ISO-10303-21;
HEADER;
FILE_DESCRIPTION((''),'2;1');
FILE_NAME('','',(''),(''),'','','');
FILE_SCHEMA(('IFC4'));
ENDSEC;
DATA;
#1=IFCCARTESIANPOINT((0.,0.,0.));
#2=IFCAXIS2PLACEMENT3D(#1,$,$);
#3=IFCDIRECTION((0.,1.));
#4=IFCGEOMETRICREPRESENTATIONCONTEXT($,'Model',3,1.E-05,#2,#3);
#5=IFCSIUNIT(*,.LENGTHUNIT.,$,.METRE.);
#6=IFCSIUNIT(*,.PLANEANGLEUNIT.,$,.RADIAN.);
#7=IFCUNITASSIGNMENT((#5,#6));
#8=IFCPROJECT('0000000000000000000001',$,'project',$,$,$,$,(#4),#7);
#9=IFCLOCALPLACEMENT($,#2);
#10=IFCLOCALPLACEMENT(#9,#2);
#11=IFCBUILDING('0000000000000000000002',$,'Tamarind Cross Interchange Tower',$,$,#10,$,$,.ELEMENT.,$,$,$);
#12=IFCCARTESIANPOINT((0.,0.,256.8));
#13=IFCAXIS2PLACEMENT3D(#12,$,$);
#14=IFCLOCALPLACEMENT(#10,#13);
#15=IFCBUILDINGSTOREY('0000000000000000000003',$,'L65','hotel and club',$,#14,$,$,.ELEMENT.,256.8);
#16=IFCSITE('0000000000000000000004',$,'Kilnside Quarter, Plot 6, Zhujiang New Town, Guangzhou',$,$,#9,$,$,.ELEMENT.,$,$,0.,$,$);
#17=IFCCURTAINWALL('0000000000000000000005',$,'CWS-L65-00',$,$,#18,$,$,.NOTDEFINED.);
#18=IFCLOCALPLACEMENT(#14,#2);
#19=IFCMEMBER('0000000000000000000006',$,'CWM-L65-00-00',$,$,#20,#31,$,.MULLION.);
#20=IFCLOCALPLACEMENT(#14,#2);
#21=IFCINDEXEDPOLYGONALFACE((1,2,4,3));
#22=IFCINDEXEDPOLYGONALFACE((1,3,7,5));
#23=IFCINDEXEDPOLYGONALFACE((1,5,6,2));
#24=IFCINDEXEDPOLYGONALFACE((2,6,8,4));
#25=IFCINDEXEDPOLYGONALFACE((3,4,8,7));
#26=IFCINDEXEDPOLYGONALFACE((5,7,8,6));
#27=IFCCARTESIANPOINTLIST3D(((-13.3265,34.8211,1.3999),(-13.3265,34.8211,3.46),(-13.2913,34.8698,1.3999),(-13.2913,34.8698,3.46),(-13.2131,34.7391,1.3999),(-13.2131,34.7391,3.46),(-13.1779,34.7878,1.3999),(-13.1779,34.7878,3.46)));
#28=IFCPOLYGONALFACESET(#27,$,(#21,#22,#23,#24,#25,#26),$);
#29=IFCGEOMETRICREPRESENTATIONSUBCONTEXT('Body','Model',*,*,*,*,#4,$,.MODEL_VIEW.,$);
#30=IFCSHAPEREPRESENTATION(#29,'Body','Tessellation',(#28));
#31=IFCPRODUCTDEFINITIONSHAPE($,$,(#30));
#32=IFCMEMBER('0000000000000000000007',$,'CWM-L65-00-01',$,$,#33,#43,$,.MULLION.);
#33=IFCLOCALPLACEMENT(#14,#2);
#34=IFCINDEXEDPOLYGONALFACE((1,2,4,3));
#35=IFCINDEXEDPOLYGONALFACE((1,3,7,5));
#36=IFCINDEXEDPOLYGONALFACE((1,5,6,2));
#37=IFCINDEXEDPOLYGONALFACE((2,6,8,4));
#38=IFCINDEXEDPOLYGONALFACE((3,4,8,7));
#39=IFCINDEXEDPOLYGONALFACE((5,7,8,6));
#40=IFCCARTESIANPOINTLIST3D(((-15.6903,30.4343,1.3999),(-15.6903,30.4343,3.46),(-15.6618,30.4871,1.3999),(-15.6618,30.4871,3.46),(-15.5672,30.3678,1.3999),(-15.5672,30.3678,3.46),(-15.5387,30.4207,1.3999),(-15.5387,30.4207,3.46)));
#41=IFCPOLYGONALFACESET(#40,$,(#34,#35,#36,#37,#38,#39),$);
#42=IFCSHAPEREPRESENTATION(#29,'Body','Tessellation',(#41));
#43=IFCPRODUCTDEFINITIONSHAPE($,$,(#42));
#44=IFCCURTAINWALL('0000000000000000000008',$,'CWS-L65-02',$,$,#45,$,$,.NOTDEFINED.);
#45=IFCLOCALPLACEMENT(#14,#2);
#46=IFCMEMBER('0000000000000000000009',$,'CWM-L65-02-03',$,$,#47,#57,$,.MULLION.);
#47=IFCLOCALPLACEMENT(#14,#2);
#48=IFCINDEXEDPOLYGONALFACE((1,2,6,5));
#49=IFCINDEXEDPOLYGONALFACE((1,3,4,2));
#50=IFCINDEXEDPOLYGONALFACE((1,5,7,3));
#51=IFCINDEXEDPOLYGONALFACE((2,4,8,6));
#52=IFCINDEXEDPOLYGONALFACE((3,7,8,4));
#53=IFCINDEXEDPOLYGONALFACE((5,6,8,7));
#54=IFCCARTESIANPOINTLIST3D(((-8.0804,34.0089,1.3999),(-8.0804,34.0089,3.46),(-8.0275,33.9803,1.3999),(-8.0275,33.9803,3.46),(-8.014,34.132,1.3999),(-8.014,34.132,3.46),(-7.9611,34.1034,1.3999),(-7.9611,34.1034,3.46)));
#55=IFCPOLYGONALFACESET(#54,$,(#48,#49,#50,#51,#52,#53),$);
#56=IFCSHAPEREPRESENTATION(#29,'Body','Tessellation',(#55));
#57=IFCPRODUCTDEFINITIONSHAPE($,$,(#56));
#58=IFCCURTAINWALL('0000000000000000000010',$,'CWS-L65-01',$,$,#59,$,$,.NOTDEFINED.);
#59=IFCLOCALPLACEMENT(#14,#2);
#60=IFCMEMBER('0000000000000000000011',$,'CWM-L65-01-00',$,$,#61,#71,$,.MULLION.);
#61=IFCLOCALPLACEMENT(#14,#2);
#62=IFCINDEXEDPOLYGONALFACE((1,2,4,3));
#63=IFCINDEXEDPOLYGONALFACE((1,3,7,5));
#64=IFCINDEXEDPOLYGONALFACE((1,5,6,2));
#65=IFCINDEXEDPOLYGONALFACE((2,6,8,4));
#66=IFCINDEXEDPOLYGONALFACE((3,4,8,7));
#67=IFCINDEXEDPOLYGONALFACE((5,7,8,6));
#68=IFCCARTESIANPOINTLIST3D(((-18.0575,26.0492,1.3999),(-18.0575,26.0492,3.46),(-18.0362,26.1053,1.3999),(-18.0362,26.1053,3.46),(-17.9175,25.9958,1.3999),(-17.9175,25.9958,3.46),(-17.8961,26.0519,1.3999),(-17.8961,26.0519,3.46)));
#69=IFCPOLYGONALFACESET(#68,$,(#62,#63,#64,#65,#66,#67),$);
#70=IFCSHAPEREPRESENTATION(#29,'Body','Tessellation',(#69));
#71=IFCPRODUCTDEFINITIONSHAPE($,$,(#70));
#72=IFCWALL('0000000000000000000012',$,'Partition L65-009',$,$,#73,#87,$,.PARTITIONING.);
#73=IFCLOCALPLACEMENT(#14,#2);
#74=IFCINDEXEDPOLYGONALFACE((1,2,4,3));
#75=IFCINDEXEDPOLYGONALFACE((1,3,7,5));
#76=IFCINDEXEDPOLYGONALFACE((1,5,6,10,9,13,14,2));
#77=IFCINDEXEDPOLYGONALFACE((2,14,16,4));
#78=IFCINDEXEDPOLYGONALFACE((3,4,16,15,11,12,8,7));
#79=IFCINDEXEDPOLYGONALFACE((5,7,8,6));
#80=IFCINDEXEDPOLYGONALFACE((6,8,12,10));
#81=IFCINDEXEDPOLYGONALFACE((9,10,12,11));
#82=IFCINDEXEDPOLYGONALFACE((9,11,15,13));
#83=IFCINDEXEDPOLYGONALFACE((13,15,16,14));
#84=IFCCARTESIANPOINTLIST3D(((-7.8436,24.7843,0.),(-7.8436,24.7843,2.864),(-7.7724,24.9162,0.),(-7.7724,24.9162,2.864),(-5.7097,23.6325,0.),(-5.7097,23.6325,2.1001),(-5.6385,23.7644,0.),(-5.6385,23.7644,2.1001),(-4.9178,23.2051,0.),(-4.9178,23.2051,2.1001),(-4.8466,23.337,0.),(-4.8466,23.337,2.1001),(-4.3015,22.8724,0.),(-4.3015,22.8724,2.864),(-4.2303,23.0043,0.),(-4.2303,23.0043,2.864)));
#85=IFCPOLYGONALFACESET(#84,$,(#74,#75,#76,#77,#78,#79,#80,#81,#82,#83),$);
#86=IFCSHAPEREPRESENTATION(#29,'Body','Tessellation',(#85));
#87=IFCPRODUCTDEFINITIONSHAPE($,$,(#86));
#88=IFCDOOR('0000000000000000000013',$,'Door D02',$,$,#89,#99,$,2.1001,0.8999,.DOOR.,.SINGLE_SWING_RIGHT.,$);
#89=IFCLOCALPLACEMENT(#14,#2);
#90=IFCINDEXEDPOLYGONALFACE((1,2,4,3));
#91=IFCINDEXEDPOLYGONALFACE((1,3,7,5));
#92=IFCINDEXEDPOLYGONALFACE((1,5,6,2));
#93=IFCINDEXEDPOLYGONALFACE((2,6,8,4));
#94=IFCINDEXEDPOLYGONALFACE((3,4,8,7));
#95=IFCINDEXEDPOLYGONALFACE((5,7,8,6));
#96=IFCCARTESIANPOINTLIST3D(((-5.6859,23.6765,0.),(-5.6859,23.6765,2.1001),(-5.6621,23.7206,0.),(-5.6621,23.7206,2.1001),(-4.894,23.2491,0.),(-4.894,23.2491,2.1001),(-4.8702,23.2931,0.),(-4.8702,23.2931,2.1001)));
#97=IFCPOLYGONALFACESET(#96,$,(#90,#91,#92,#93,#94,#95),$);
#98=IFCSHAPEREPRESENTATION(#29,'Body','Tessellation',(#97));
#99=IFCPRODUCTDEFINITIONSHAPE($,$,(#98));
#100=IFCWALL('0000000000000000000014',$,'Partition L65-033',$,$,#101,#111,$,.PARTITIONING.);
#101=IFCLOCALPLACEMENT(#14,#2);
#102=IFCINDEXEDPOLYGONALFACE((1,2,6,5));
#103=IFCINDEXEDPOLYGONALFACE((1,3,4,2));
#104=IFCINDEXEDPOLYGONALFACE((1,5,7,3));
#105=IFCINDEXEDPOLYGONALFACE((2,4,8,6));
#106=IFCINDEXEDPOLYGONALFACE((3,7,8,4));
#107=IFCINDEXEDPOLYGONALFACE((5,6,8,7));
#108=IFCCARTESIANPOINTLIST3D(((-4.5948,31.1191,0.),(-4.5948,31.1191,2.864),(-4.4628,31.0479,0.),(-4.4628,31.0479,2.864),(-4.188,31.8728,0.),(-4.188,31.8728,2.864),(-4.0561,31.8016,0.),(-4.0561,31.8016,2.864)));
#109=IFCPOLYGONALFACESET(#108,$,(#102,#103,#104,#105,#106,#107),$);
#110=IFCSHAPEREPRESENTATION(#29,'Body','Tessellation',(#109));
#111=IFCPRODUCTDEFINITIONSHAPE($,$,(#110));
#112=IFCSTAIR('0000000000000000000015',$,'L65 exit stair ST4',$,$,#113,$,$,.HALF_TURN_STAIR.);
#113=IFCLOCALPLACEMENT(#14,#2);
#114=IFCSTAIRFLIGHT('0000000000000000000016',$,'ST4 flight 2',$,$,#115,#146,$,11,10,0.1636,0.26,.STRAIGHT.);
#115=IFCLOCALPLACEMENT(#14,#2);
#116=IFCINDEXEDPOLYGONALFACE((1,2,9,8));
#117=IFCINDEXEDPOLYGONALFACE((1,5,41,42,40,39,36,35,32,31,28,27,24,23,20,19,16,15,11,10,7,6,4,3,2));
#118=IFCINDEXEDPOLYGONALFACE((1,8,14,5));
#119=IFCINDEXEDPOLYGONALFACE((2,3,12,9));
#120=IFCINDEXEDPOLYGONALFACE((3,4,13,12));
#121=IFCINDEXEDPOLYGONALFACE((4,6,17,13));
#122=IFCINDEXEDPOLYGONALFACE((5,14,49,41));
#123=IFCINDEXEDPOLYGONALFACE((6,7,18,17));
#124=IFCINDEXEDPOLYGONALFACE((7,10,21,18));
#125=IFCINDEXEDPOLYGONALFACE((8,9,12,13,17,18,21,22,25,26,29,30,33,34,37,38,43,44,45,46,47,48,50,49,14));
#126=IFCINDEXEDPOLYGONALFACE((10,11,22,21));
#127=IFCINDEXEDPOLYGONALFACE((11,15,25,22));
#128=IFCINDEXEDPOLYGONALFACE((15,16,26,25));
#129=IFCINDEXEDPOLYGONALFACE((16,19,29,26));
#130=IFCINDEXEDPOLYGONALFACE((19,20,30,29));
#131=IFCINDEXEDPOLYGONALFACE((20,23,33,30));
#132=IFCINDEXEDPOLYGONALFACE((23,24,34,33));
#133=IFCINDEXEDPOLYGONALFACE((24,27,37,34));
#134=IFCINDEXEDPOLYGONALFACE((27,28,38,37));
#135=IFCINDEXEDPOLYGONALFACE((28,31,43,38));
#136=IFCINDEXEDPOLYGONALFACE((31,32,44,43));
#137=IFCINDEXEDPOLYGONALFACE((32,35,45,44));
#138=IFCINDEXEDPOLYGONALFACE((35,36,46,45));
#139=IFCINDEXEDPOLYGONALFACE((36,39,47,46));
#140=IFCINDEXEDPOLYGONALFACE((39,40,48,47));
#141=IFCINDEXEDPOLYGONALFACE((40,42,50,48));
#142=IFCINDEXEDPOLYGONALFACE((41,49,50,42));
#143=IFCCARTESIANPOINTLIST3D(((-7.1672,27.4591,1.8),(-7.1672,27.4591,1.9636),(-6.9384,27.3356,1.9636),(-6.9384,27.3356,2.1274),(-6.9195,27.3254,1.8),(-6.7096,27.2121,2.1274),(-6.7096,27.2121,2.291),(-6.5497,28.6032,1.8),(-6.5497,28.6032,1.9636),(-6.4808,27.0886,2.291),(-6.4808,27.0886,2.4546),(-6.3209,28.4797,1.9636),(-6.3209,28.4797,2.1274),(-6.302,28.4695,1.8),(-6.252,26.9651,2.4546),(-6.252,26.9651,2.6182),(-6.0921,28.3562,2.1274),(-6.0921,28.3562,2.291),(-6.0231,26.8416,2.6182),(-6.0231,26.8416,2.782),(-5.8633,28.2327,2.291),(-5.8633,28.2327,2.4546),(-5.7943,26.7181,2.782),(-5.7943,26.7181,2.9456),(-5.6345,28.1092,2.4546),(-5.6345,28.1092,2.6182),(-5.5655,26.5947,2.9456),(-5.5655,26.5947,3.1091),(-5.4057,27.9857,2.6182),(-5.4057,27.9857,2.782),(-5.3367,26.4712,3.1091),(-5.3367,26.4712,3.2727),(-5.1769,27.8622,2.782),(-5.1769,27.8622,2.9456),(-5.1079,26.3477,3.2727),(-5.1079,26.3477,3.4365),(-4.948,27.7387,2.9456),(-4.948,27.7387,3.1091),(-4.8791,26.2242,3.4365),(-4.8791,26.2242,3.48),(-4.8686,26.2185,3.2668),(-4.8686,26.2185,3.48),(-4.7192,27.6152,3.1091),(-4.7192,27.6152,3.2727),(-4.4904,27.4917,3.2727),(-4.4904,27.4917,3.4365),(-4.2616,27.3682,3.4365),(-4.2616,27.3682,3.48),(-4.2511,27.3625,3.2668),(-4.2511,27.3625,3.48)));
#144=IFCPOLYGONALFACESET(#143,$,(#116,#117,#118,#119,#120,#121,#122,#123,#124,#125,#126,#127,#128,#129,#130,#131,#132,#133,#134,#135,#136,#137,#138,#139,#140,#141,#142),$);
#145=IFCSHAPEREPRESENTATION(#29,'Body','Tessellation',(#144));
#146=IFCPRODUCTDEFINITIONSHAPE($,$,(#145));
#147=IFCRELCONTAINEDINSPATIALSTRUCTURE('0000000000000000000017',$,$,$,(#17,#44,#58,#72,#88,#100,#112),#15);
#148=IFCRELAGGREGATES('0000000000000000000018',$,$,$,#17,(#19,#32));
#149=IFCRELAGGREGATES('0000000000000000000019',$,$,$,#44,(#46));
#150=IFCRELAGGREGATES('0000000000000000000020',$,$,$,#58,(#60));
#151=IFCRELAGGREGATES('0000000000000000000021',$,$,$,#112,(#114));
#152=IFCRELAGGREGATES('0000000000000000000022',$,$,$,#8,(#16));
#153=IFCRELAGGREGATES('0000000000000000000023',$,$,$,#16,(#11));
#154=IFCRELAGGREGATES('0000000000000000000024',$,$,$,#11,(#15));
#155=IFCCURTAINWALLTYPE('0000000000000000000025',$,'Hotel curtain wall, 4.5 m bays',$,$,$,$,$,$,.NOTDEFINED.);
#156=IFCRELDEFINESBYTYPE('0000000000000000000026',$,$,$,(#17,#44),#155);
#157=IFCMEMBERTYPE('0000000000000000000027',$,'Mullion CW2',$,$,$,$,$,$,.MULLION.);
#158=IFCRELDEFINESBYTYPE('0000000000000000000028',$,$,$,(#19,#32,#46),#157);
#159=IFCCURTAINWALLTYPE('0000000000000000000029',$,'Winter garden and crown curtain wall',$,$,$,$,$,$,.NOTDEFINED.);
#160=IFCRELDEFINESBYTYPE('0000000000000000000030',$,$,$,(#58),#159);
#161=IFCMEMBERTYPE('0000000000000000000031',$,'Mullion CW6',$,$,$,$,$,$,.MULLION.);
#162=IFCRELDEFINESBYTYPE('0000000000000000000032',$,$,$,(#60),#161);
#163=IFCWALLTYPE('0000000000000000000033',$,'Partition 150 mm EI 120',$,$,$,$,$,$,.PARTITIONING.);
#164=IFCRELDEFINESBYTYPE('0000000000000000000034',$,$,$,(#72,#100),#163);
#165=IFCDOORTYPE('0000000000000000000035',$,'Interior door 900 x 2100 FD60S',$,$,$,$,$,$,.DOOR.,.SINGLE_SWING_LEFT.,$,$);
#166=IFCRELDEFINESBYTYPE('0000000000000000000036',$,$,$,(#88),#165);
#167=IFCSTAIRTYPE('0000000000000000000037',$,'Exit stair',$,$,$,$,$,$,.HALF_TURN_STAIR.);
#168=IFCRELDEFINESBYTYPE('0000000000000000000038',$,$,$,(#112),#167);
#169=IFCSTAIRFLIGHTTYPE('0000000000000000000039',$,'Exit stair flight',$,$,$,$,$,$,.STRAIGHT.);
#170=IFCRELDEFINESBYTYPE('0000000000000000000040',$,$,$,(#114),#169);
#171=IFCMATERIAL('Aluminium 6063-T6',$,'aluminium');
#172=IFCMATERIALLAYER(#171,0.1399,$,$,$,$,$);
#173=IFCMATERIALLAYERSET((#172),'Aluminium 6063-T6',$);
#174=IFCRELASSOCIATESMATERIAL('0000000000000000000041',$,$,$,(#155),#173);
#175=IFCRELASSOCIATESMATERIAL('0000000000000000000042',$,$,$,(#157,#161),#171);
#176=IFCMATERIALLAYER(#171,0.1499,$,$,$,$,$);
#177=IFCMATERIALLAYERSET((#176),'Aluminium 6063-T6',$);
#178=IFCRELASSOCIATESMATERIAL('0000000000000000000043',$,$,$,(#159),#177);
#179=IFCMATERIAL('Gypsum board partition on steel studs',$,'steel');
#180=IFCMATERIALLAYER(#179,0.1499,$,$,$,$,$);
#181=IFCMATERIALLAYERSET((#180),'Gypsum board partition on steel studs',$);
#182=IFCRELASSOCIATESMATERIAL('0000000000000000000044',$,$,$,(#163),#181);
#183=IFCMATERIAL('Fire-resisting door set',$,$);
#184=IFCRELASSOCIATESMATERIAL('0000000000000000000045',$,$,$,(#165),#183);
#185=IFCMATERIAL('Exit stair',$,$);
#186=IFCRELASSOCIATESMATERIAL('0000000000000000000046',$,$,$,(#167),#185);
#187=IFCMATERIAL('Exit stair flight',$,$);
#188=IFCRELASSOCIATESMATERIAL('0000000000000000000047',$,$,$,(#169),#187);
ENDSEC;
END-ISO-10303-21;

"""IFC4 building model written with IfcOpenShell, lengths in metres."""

from ifc_helpers import new_model, si_unit, direction, frame, frame_2d, origin, origin_2d, place, context, subcontext, project, spatial, polyline, rectangle, outline, extrude, material, layer, layer_set, material_profile, profile_set, type_object, element, fill, aggregate, save


model = new_model("IFC4")

# Units and contexts
model_context = context("Model", 3, precision=1e-05, world=origin(), true_north=direction((0.0, 1.0)))
body_context = subcontext(model_context, "Body", "Model", "MODEL_VIEW")
ifc_project = project(units=[si_unit("LENGTHUNIT", "METRE"), si_unit("PLANEANGLEUNIT", "RADIAN")], contexts=[model_context])

# Site, building, storey
site_placement = place(None, origin())
site = spatial("IfcSite", under=ifc_project, at=site_placement, Name="Kilnside Quarter, Plot 6, Zhujiang New Town, Guangzhou", CompositionType="ELEMENT", RefElevation=0.0)
building_placement = place(site_placement, origin())
building = spatial("IfcBuilding", under=site, at=building_placement, Name="Tamarind Cross Interchange Tower", CompositionType="ELEMENT")
storey_placement = place(building_placement, frame((0.0, 0.0, 256.8)))
storey = spatial("IfcBuildingStorey", under=building, at=storey_placement, Name="L65", Description="hotel and club", CompositionType="ELEMENT", Elevation=256.8)

# Curtain wall, members
ifc_material_1 = material(Name="Aluminium 6063-T6", Category="aluminium")
ifc_layer_1 = layer(ifc_material_1, 0.1399)
ifc_layer_set_1 = layer_set([ifc_layer_1], Name="Aluminium 6063-T6")
curtain_wall_type_1 = type_object("IfcCurtainWallType", Name="Hotel curtain wall, 4.5 m bays", PredefinedType="NOTDEFINED", material=ifc_layer_set_1)
curtain_wall_1_placement = place(storey_placement, origin())
curtain_wall_1 = element("IfcCurtainWall", 1, at=curtain_wall_1_placement, inside=storey, type_object=curtain_wall_type_1, Name="CWS-L65-00", PredefinedType="NOTDEFINED")
ifc_material_profile_1 = material_profile(ifc_material_1, rectangle(XDim=0.0601, YDim=0.1399, at=origin_2d()), Name="Mullion CW2")
ifc_profile_set_1 = profile_set([ifc_material_profile_1], Name="Aluminium 6063-T6")
member_type_1 = type_object("IfcMemberType", Name="Mullion CW2", PredefinedType="MULLION", material=ifc_profile_set_1)
member_1_placement = place(storey_placement, frame((-13.2522, 34.8044, 1.3999), z_axis=(0.0, 0.0, 1.0), x_axis=(-0.585761, -0.810484, 0.0)))
member_1 = element("IfcMember", 2, at=member_1_placement, type_object=member_type_1, Name="CWM-L65-00-00", PredefinedType="MULLION", context=body_context, shape_type="SweptSolid", body=[
    extrude(rectangle(XDim=0.0601, YDim=0.1399, at=origin_2d()), origin(), (0.0, 0.0, 1.0), 2.0601),
])
member_2_placement = place(storey_placement, frame((-15.6145, 30.4275, 1.3999), z_axis=(0.0, 0.0, 1.0), x_axis=(-0.474961, -0.880007, 0.0)))
member_2 = element("IfcMember", 3, at=member_2_placement, type_object=member_type_1, Name="CWM-L65-00-01", PredefinedType="MULLION", context=body_context, shape_type="SweptSolid", body=[
    extrude(rectangle(XDim=0.0601, YDim=0.1399, at=origin_2d()), origin(), (0.0, 0.0, 1.0), 2.0601),
])
aggregate(curtain_wall_1, [member_1, member_2])

# Curtain walls, members
curtain_wall_2_placement = place(storey_placement, origin())
curtain_wall_2 = element("IfcCurtainWall", 4, at=curtain_wall_2_placement, inside=storey, type_object=curtain_wall_type_1, Name="CWS-L65-02", PredefinedType="NOTDEFINED")
member_3_placement = place(storey_placement, frame((-8.0208, 34.0562, 1.3999), z_axis=(0.0, 0.0, 1.0), x_axis=(-0.880007, 0.474961, 0.0)))
member_3 = element("IfcMember", 5, at=member_3_placement, type_object=member_type_1, Name="CWM-L65-02-03", PredefinedType="MULLION", context=body_context, shape_type="SweptSolid", body=[
    extrude(rectangle(XDim=0.0601, YDim=0.1399, at=origin_2d()), origin(), (0.0, 0.0, 1.0), 2.0601),
])
aggregate(curtain_wall_2, [member_3])
ifc_layer_2 = layer(ifc_material_1, 0.1499)
ifc_layer_set_2 = layer_set([ifc_layer_2], Name="Aluminium 6063-T6")
curtain_wall_type_2 = type_object("IfcCurtainWallType", Name="Winter garden and crown curtain wall", PredefinedType="NOTDEFINED", material=ifc_layer_set_2)
curtain_wall_3_placement = place(storey_placement, origin())
curtain_wall_3 = element("IfcCurtainWall", 6, at=curtain_wall_3_placement, inside=storey, type_object=curtain_wall_type_2, Name="CWS-L65-01", PredefinedType="NOTDEFINED")
ifc_material_profile_2 = material_profile(ifc_material_1, rectangle(XDim=0.0601, YDim=0.1499, at=origin_2d()), Name="Mullion CW6")
ifc_profile_set_2 = profile_set([ifc_material_profile_2], Name="Aluminium 6063-T6")
member_type_2 = type_object("IfcMemberType", Name="Mullion CW6", PredefinedType="MULLION", material=ifc_profile_set_2)
member_4_placement = place(storey_placement, frame((-17.9768, 26.0505, 1.3999), z_axis=(0.0, 0.0, 1.0), x_axis=(-0.356034, -0.934473, 0.0)))
member_4 = element("IfcMember", 7, at=member_4_placement, type_object=member_type_2, Name="CWM-L65-01-00", PredefinedType="MULLION", context=body_context, shape_type="SweptSolid", body=[
    extrude(rectangle(XDim=0.0601, YDim=0.1499, at=origin_2d()), origin(), (0.0, 0.0, 1.0), 2.0601),
])
aggregate(curtain_wall_3, [member_4])

# Wall, opening, door
ifc_material_2 = material(Name="Gypsum board partition on steel studs", Category="steel")
ifc_layer_3 = layer(ifc_material_2, 0.1499)
ifc_layer_set_3 = layer_set([ifc_layer_3], Name="Gypsum board partition on steel studs")
wall_type = type_object("IfcWallType", Name="Partition 150 mm EI 120", PredefinedType="PARTITIONING", material=ifc_layer_set_3)
wall_1_placement = place(storey_placement, frame((-7.8081, 24.8503, 0.0), z_axis=(0.0, 0.0, 1.0), x_axis=(0.87999, -0.474993, 0.0)))
wall_1 = element("IfcWall", 8, at=wall_1_placement, inside=storey, type_object=wall_type, Name="Partition L65-009", PredefinedType="PARTITIONING", context=body_context, shape_type="SweptSolid", body=[
    extrude(rectangle(XDim=4.0251, YDim=0.1499, at=frame_2d((2.0127, 0.0))), origin(), (0.0, 0.0, 1.0), 2.864),
])
opening_placement = place(wall_1_placement, frame((2.425, 0.0, 0.0)))
opening = element("IfcOpeningElement", 9, at=opening_placement, cuts=wall_1, PredefinedType="OPENING", context=body_context, shape_type="SweptSolid", body=[
    extrude(rectangle(XDim=0.8999, YDim=2.1001, at=frame_2d((0.45, 1.05))), frame((0.0, 0.085, 0.0), z_axis=(0.0, -1.0, 0.0), x_axis=(1.0, 0.0, 0.0)), (0.0, 0.0, 1.0), 0.1699),
])
ifc_material_3 = material(Name="Fire-resisting door set")
door_type = type_object("IfcDoorType", Name="Interior door 900 x 2100 FD60S", OperationType="SINGLE_SWING_LEFT", PredefinedType="DOOR", material=ifc_material_3)
door_placement = place(opening_placement, frame((0.8999, 0.0, 0.0), z_axis=(0.0, 0.0, 1.0), x_axis=(-1.0, 0.0, 0.0)))
door = element("IfcDoor", 10, at=door_placement, inside=storey, type_object=door_type, Name="Door D02", OperationType="SINGLE_SWING_RIGHT", OverallHeight=2.1001, OverallWidth=0.8999, PredefinedType="DOOR", context=body_context, shape_type="SweptSolid", body=[
    extrude(rectangle(XDim=0.8999, YDim=2.1001, at=frame_2d((0.45, 1.05))), frame((0.0, 0.0249, 0.0), z_axis=(0.0, -1.0, 0.0), x_axis=(1.0, 0.0, 0.0)), (0.0, 0.0, 1.0), 0.05),
])
fill(opening, door)

# Wall
wall_2_placement = place(storey_placement, frame((-4.5288, 31.0835, 0.0), z_axis=(0.0, 0.0, 1.0), x_axis=(0.474933, 0.880022, 0.0)))
element("IfcWall", 11, at=wall_2_placement, inside=storey, type_object=wall_type, Name="Partition L65-033", PredefinedType="PARTITIONING", context=body_context, shape_type="SweptSolid", body=[
    extrude(rectangle(XDim=0.8564, YDim=0.1499, at=frame_2d((0.4282, 0.0))), origin(), (0.0, 0.0, 1.0), 2.864),
])

# Stair, stair flight
ifc_material_4 = material(Name="Exit stair")
stair_type = type_object("IfcStairType", Name="Exit stair", PredefinedType="HALF_TURN_STAIR", material=ifc_material_4)
stair_placement = place(storey_placement, origin())
stair = element("IfcStair", 12, at=stair_placement, inside=storey, type_object=stair_type, Name="L65 exit stair ST4", PredefinedType="HALF_TURN_STAIR")
ifc_material_5 = material(Name="Exit stair flight")
stair_flight_type = type_object("IfcStairFlightType", Name="Exit stair flight", PredefinedType="STRAIGHT", material=ifc_material_5)
stair_flight_placement = place(storey_placement, frame((-6.8584, 28.0312, 1.8), z_axis=(0.0, 0.0, 1.0), x_axis=(0.880007, -0.474961, 0.0)))
stair_flight = element("IfcStairFlight", 13, at=stair_flight_placement, type_object=stair_flight_type, Name="ST4 flight 2", NumberOfRisers=11, NumberOfTreads=10, PredefinedType="STRAIGHT", RiserHeight=0.1636, TreadLength=0.26, context=body_context, shape_type="SweptSolid", body=[
    extrude(outline(polyline([(0.0, 0.0), (0.0, 0.1636), (0.26, 0.1636), (0.26, 0.3274), (0.52, 0.3274), (0.52, 0.491), (0.78, 0.491), (0.78, 0.6545), (1.04, 0.6545), (1.04, 0.8181), (1.3, 0.8181), (1.3, 0.9819), (1.5601, 0.9819), (1.5601, 1.1455), (1.8201, 1.1455), (1.8201, 1.3091), (2.0801, 1.3091), (2.0801, 1.4727), (2.3401, 1.4727), (2.3401, 1.6365), (2.6001, 1.6365), (2.6001, 1.6799), (2.6121, 1.6799), (2.6121, 1.4668), (0.2815, 0.0), (0.0, 0.0)])), frame((0.0, 0.6499, 0.0), z_axis=(0.0, -1.0, 0.0), x_axis=(1.0, 0.0, 0.0)), (0.0, 0.0, 1.0), 1.3),
])
aggregate(stair, [stair_flight])

save(model, "model.ifc")
